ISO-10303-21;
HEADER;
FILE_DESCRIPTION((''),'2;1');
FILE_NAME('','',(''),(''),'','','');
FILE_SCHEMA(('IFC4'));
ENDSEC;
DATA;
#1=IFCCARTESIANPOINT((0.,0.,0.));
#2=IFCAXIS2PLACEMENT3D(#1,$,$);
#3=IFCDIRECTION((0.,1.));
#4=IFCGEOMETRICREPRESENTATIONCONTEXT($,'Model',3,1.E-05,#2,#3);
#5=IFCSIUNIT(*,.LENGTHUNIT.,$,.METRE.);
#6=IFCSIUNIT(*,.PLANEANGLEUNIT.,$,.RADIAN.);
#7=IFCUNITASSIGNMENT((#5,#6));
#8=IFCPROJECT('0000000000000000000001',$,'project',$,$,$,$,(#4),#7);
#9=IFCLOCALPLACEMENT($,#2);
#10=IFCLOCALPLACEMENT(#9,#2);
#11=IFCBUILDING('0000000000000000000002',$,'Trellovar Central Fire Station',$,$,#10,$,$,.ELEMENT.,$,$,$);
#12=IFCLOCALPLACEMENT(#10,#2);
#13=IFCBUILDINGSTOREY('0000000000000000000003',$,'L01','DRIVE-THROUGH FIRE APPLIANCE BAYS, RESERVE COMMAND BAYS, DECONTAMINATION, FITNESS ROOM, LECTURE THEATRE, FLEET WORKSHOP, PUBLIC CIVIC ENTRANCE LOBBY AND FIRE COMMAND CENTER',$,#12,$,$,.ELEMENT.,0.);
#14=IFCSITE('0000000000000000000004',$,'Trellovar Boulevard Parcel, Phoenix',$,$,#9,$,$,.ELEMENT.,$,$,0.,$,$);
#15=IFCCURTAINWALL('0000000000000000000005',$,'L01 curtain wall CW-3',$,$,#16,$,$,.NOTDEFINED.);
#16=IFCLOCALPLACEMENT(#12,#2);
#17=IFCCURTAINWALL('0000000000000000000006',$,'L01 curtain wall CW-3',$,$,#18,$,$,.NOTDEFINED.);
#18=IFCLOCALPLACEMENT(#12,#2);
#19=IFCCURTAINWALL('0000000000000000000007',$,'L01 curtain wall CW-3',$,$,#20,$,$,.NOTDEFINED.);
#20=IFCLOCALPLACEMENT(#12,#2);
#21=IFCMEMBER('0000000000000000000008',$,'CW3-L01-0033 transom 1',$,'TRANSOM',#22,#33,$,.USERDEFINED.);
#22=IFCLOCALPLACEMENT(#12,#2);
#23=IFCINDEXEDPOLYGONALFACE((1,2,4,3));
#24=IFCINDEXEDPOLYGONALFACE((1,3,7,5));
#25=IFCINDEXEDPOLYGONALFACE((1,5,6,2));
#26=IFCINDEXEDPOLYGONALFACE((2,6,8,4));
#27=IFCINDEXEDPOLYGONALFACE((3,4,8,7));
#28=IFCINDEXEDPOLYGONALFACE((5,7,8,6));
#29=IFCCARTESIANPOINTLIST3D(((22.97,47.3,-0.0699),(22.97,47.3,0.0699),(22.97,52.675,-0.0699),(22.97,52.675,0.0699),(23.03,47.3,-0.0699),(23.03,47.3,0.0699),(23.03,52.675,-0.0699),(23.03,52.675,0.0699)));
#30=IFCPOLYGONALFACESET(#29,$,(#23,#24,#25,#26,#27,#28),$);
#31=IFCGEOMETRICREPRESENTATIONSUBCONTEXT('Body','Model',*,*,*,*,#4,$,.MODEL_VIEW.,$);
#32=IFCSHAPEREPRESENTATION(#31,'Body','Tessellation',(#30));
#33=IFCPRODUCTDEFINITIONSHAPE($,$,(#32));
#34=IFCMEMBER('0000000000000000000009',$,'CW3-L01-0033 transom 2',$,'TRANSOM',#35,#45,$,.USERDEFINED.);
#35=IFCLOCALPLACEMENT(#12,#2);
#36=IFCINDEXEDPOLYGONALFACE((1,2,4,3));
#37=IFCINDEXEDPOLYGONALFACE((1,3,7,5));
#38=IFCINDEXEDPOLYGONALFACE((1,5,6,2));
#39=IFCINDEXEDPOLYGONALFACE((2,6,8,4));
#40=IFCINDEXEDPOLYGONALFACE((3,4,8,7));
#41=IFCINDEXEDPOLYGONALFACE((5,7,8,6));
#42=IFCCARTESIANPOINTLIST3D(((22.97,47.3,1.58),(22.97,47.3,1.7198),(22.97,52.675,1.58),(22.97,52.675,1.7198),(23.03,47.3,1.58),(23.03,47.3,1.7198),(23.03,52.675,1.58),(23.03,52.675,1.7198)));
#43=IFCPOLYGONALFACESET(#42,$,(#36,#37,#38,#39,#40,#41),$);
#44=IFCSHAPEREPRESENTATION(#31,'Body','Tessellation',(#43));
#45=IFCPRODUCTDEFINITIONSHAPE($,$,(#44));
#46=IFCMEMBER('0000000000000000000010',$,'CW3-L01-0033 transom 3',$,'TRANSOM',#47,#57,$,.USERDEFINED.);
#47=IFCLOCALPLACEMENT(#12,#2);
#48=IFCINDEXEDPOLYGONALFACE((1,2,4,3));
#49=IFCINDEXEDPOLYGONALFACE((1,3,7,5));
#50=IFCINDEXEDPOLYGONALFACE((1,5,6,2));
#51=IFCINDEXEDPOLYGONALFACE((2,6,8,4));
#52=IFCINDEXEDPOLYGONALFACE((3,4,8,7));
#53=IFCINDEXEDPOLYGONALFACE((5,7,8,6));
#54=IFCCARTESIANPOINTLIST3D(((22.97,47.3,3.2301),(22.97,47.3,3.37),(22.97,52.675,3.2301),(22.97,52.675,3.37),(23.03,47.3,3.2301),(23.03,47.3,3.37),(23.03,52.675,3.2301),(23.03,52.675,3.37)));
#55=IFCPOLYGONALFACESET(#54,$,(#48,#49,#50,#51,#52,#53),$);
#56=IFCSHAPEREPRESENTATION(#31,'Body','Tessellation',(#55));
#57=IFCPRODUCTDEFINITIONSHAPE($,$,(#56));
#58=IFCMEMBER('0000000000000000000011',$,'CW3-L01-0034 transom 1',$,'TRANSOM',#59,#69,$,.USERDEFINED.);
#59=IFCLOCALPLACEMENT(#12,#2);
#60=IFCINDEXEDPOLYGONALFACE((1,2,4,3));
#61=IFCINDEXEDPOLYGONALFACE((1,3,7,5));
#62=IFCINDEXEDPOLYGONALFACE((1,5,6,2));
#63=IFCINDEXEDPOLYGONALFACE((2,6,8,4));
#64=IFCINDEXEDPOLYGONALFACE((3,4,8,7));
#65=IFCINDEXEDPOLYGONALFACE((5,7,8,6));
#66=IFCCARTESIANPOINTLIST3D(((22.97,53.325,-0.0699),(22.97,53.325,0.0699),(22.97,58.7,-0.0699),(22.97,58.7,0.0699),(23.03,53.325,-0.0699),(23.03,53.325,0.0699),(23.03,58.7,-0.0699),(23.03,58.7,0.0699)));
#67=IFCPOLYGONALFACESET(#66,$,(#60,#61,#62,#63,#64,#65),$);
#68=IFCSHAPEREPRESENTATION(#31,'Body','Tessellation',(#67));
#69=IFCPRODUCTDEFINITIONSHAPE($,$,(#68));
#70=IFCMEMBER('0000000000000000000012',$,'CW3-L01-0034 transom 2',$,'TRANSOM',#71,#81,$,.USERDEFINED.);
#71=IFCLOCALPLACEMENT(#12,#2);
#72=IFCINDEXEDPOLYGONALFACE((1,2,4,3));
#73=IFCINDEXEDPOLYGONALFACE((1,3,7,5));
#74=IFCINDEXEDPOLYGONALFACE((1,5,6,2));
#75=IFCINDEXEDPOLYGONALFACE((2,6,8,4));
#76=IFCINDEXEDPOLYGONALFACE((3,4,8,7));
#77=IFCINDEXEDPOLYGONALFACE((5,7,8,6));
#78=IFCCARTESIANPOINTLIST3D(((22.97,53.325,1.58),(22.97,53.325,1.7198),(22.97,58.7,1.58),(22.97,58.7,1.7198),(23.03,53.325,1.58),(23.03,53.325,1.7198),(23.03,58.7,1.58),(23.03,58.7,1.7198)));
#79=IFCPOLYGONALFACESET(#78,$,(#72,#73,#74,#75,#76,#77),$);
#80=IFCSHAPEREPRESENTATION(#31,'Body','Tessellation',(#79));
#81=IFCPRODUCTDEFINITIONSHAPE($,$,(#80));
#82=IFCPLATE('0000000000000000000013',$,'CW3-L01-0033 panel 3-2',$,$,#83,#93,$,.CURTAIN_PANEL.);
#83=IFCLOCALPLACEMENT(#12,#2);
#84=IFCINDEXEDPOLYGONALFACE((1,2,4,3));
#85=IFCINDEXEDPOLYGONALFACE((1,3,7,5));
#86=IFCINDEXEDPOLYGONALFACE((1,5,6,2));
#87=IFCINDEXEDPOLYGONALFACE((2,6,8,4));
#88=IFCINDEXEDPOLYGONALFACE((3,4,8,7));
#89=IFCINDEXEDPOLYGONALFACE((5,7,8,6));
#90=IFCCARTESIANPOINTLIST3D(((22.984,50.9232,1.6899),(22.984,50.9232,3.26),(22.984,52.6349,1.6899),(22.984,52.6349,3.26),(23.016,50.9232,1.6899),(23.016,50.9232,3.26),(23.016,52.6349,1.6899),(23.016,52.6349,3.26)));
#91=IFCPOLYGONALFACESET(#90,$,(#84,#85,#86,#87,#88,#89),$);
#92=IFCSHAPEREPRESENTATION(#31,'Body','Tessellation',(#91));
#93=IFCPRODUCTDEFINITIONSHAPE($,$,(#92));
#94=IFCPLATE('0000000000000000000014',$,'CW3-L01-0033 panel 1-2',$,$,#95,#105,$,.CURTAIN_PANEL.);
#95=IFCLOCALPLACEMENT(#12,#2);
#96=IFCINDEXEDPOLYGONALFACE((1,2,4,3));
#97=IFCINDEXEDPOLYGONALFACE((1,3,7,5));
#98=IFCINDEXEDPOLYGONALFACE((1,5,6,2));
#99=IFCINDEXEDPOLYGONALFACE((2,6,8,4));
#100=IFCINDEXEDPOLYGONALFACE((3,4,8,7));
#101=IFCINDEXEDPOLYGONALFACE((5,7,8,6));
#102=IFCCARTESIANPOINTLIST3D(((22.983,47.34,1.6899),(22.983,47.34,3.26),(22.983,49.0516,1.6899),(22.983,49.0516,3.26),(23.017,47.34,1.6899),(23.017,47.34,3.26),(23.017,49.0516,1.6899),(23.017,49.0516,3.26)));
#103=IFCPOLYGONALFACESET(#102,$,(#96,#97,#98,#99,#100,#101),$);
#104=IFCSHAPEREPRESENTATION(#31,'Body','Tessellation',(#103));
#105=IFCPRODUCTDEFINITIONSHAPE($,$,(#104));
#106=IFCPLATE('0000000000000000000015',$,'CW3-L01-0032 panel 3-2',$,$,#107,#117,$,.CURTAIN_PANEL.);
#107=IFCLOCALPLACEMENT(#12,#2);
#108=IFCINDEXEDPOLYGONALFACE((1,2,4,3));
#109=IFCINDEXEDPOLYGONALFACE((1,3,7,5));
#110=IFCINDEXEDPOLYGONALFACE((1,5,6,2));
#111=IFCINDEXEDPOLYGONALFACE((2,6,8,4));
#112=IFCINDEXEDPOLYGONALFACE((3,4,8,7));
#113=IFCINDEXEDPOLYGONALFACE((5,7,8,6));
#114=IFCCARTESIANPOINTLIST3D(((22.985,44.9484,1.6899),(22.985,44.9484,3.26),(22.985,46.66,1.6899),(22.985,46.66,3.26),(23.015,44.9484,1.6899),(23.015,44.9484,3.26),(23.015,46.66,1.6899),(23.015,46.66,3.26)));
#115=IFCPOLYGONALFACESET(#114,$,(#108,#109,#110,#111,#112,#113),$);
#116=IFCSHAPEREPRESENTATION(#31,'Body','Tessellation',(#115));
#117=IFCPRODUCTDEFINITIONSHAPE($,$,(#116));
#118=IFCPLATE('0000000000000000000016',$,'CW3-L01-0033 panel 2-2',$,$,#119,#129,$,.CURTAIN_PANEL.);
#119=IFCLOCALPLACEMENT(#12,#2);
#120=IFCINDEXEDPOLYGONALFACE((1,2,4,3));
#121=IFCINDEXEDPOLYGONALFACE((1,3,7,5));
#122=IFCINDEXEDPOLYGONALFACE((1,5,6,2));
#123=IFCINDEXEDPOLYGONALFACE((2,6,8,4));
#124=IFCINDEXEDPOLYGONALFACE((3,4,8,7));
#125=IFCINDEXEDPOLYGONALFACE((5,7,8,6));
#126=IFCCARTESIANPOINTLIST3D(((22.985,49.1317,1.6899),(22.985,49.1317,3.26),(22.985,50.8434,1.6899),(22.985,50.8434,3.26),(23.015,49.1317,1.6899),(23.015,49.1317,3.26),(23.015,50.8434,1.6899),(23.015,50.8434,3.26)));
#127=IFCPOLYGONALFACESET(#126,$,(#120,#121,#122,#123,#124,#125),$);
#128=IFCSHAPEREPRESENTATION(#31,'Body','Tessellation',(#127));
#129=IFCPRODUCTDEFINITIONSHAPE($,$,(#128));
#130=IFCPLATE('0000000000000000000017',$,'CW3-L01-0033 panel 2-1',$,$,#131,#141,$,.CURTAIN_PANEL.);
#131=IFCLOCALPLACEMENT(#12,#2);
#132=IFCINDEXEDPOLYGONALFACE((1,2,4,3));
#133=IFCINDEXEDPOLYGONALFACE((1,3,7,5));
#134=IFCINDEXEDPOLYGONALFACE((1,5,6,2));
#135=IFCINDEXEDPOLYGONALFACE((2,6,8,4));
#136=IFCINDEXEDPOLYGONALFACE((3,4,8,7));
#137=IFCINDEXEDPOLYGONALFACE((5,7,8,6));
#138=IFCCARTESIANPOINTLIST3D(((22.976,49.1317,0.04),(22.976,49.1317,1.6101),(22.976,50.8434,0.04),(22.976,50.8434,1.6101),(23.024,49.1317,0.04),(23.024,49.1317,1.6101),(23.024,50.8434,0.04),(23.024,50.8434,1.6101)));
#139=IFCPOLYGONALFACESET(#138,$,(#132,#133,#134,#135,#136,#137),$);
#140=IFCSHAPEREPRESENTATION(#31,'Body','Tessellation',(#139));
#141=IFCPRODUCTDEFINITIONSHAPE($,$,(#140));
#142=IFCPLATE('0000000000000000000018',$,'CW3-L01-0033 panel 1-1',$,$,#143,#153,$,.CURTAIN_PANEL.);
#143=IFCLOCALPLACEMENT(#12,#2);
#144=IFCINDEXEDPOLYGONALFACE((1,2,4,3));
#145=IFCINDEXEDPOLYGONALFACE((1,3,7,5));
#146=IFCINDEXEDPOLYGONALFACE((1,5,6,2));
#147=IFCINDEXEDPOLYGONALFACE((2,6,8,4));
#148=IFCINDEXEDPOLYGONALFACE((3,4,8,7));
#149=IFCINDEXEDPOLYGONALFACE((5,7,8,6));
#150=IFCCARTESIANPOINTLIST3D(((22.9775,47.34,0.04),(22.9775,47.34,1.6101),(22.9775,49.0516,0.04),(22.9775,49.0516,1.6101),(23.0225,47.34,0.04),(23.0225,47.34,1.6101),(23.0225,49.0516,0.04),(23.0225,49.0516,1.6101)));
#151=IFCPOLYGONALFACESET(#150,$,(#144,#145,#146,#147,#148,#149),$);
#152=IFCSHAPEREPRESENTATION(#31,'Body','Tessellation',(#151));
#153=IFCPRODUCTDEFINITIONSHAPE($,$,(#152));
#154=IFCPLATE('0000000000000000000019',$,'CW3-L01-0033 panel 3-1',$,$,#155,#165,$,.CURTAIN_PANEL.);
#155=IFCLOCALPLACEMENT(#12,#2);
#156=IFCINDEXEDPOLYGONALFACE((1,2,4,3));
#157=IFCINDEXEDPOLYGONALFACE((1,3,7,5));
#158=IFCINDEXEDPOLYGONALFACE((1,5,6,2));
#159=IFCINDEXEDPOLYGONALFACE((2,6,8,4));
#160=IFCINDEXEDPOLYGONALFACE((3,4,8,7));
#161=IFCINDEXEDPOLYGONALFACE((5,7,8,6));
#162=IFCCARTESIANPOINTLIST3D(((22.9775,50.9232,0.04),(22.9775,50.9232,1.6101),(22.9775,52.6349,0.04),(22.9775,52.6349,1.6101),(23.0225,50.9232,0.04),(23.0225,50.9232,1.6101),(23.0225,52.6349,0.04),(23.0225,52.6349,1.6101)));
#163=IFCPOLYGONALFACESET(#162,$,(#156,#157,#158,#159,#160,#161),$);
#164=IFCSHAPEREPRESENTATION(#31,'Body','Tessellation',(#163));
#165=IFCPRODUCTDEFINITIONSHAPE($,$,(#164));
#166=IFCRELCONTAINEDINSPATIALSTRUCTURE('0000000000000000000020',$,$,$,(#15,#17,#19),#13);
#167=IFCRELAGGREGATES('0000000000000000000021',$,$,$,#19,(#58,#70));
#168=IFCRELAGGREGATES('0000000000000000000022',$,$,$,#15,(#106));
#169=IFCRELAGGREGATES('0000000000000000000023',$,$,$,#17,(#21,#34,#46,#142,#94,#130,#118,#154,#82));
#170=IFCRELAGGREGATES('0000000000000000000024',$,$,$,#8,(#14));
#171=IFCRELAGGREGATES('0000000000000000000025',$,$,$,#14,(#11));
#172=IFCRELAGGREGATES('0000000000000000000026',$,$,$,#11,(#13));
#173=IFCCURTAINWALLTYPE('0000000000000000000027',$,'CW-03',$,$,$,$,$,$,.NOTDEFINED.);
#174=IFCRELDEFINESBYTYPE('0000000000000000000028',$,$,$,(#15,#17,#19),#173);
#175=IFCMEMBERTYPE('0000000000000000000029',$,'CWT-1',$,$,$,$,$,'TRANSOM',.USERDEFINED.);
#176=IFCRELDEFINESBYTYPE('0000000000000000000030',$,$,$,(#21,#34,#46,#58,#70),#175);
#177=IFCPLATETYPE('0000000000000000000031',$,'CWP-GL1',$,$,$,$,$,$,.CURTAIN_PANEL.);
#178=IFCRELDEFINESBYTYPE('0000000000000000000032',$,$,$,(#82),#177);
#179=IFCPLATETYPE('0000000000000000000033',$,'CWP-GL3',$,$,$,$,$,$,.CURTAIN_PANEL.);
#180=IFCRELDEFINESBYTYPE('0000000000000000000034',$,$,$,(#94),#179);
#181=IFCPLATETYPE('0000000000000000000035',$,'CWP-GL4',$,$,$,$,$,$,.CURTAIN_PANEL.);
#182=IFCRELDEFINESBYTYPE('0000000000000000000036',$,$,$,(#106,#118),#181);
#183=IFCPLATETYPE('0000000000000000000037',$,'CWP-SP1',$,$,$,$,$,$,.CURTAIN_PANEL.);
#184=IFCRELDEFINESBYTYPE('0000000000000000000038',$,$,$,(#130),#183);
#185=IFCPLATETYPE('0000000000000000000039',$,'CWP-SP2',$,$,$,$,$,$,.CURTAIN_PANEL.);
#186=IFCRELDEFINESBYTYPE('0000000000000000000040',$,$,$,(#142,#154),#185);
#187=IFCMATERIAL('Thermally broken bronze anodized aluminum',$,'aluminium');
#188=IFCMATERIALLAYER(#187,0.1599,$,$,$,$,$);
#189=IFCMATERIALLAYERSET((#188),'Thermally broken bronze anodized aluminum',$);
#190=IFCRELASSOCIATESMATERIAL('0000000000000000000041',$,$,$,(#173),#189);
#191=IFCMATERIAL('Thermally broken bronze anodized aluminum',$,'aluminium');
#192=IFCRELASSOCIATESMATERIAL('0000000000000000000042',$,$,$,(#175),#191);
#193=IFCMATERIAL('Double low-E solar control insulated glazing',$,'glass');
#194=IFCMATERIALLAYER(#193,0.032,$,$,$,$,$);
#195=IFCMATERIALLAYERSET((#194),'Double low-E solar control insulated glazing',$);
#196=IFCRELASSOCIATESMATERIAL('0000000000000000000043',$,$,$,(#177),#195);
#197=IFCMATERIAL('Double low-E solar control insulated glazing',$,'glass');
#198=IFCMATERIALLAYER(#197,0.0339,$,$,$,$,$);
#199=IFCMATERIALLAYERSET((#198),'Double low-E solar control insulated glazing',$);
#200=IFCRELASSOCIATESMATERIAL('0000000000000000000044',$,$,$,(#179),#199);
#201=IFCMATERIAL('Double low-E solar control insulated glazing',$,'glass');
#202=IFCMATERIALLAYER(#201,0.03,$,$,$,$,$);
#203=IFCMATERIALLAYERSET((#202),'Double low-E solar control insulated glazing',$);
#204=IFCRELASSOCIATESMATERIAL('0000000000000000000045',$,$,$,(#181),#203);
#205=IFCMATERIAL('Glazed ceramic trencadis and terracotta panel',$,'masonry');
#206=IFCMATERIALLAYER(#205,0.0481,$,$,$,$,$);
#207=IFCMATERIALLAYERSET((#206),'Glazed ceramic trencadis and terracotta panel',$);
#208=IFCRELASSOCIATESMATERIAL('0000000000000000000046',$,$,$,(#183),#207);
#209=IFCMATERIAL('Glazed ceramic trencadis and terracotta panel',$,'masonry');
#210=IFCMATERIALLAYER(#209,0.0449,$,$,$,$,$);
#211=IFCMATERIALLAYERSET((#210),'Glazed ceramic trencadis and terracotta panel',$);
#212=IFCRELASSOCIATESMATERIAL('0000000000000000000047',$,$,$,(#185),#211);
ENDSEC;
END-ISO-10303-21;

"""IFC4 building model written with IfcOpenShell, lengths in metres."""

from ifc_helpers import new_model, si_unit, direction, frame, origin, origin_2d, place, context, subcontext, project, spatial, rectangle, extrude, material, layer, layer_set, material_profile, profile_set, type_object, element, aggregate, save


model = new_model("IFC4")

# Units and contexts
model_context = context("Model", 3, precision=1e-05, world=origin(), true_north=direction((0.0, 1.0)))
body_context = subcontext(model_context, "Body", "Model", "MODEL_VIEW")
ifc_project = project(units=[si_unit("LENGTHUNIT", "METRE"), si_unit("PLANEANGLEUNIT", "RADIAN")], contexts=[model_context])

# Site, building, storey
site_placement = place(None, origin())
site = spatial("IfcSite", under=ifc_project, at=site_placement, Name="Trellovar Boulevard Parcel, Phoenix", CompositionType="ELEMENT", RefElevation=0.0)
building_placement = place(site_placement, origin())
building = spatial("IfcBuilding", under=site, at=building_placement, Name="Trellovar Central Fire Station", CompositionType="ELEMENT")
storey_placement = place(building_placement, origin())
storey = spatial("IfcBuildingStorey", under=building, at=storey_placement, Name="L01", Description="DRIVE-THROUGH FIRE APPLIANCE BAYS, RESERVE COMMAND BAYS, DECONTAMINATION, FITNESS ROOM, LECTURE THEATRE, FLEET WORKSHOP, PUBLIC CIVIC ENTRANCE LOBBY AND FIRE COMMAND CENTER", CompositionType="ELEMENT", Elevation=0.0)

# Curtain wall
ifc_material_1 = material(Name="Thermally broken bronze anodized aluminum", Category="aluminium")
ifc_layer_1 = layer(ifc_material_1, 0.1599)
ifc_layer_set_1 = layer_set([ifc_layer_1], Name="Thermally broken bronze anodized aluminum")
curtain_wall_type = type_object("IfcCurtainWallType", Name="CW-03", PredefinedType="NOTDEFINED", material=ifc_layer_set_1)
curtain_wall_1_placement = place(storey_placement, origin())
curtain_wall_1 = element("IfcCurtainWall", 1, at=curtain_wall_1_placement, inside=storey, type_object=curtain_wall_type, Name="L01 curtain wall CW-3", PredefinedType="NOTDEFINED")

# Curtain wall
curtain_wall_2_placement = place(storey_placement, origin())
curtain_wall_2 = element("IfcCurtainWall", 2, at=curtain_wall_2_placement, inside=storey, type_object=curtain_wall_type, Name="L01 curtain wall CW-3", PredefinedType="NOTDEFINED")

# Curtain wall
curtain_wall_3_placement = place(storey_placement, origin())
curtain_wall_3 = element("IfcCurtainWall", 3, at=curtain_wall_3_placement, inside=storey, type_object=curtain_wall_type, Name="L01 curtain wall CW-3", PredefinedType="NOTDEFINED")

# Members
ifc_material_2 = material(Name="Thermally broken bronze anodized aluminum", Category="aluminium")
ifc_material_profile_1 = material_profile(ifc_material_2, rectangle(XDim=0.0601, YDim=0.1399, at=origin_2d()), Name="ALU60X140")
ifc_profile_set_1 = profile_set([ifc_material_profile_1], Name="Thermally broken bronze anodized aluminum")
member_type_1 = type_object("IfcMemberType", Name="CWT-1", ElementType="TRANSOM", PredefinedType="USERDEFINED", material=ifc_profile_set_1)
member_1_placement = place(storey_placement, frame((23.0, 47.3, 0.0), z_axis=(0.0, 1.0, 0.0), x_axis=(-1.0, 0.0, 0.0)))
member_1 = element("IfcMember", 4, at=member_1_placement, type_object=member_type_1, Name="CW3-L01-0033 transom 1", ObjectType="TRANSOM", PredefinedType="USERDEFINED", context=body_context, shape_type="SweptSolid", body=[
    extrude(rectangle(XDim=0.0601, YDim=0.1399, at=origin_2d()), origin(), (0.0, 0.0, 1.0), 5.375),
])
member_2_placement = place(storey_placement, frame((23.0, 47.3, 1.6499), z_axis=(0.0, 1.0, 0.0), x_axis=(-1.0, 0.0, 0.0)))
member_2 = element("IfcMember", 5, at=member_2_placement, type_object=member_type_1, Name="CW3-L01-0033 transom 2", ObjectType="TRANSOM", PredefinedType="USERDEFINED", context=body_context, shape_type="SweptSolid", body=[
    extrude(rectangle(XDim=0.0601, YDim=0.1399, at=origin_2d()), origin(), (0.0, 0.0, 1.0), 5.375),
])
member_3_placement = place(storey_placement, frame((23.0, 47.3, 3.3), z_axis=(0.0, 1.0, 0.0), x_axis=(-1.0, 0.0, 0.0)))
member_3 = element("IfcMember", 6, at=member_3_placement, type_object=member_type_1, Name="CW3-L01-0033 transom 3", ObjectType="TRANSOM", PredefinedType="USERDEFINED", context=body_context, shape_type="SweptSolid", body=[
    extrude(rectangle(XDim=0.0601, YDim=0.1399, at=origin_2d()), origin(), (0.0, 0.0, 1.0), 5.375),
])
member_4_placement = place(storey_placement, frame((23.0, 53.325, 0.0), z_axis=(0.0, 1.0, 0.0), x_axis=(-1.0, 0.0, 0.0)))
member_4 = element("IfcMember", 7, at=member_4_placement, type_object=member_type_1, Name="CW3-L01-0034 transom 1", ObjectType="TRANSOM", PredefinedType="USERDEFINED", context=body_context, shape_type="SweptSolid", body=[
    extrude(rectangle(XDim=0.0601, YDim=0.1399, at=origin_2d()), origin(), (0.0, 0.0, 1.0), 5.375),
])
member_5_placement = place(storey_placement, frame((23.0, 53.325, 1.6499), z_axis=(0.0, 1.0, 0.0), x_axis=(-1.0, 0.0, 0.0)))
member_5 = element("IfcMember", 8, at=member_5_placement, type_object=member_type_1, Name="CW3-L01-0034 transom 2", ObjectType="TRANSOM", PredefinedType="USERDEFINED", context=body_context, shape_type="SweptSolid", body=[
    extrude(rectangle(XDim=0.0601, YDim=0.1399, at=origin_2d()), origin(), (0.0, 0.0, 1.0), 5.375),
])
aggregate(curtain_wall_3, [member_4, member_5])

# Plates
ifc_material_3 = material(Name="Double low-E solar control insulated glazing", Category="glass")
ifc_layer_2 = layer(ifc_material_3, 0.032)
ifc_layer_set_2 = layer_set([ifc_layer_2], Name="Double low-E solar control insulated glazing")
plate_type_1 = type_object("IfcPlateType", Name="CWP-GL1", PredefinedType="CURTAIN_PANEL", material=ifc_layer_set_2)
plate_1_placement = place(storey_placement, frame((23.0, 51.7791, 1.6899), z_axis=(0.0, 0.0, 1.0), x_axis=(0.0, 1.0, 0.0)))
plate_1 = element("IfcPlate", 9, at=plate_1_placement, type_object=plate_type_1, Name="CW3-L01-0033 panel 3-2", PredefinedType="CURTAIN_PANEL", context=body_context, shape_type="SweptSolid", body=[
    extrude(rectangle(XDim=1.7117, YDim=0.032, at=origin_2d()), origin(), (0.0, 0.0, 1.0), 1.5701),
])
ifc_material_4 = material(Name="Double low-E solar control insulated glazing", Category="glass")
ifc_layer_3 = layer(ifc_material_4, 0.0339)
ifc_layer_set_3 = layer_set([ifc_layer_3], Name="Double low-E solar control insulated glazing")
plate_type_2 = type_object("IfcPlateType", Name="CWP-GL3", PredefinedType="CURTAIN_PANEL", material=ifc_layer_set_3)
plate_2_placement = place(storey_placement, frame((23.0, 48.1958, 1.6899), z_axis=(0.0, 0.0, 1.0), x_axis=(0.0, 1.0, 0.0)))
plate_2 = element("IfcPlate", 10, at=plate_2_placement, type_object=plate_type_2, Name="CW3-L01-0033 panel 1-2", PredefinedType="CURTAIN_PANEL", context=body_context, shape_type="SweptSolid", body=[
    extrude(rectangle(XDim=1.7117, YDim=0.0339, at=origin_2d()), origin(), (0.0, 0.0, 1.0), 1.5701),
])
ifc_material_5 = material(Name="Double low-E solar control insulated glazing", Category="glass")
ifc_layer_4 = layer(ifc_material_5, 0.03)
ifc_layer_set_4 = layer_set([ifc_layer_4], Name="Double low-E solar control insulated glazing")
plate_type_3 = type_object("IfcPlateType", Name="CWP-GL4", PredefinedType="CURTAIN_PANEL", material=ifc_layer_set_4)
plate_3_placement = place(storey_placement, frame((23.0, 45.8042, 1.6899), z_axis=(0.0, 0.0, 1.0), x_axis=(0.0, 1.0, 0.0)))
plate_3 = element("IfcPlate", 11, at=plate_3_placement, type_object=plate_type_3, Name="CW3-L01-0032 panel 3-2", PredefinedType="CURTAIN_PANEL", context=body_context, shape_type="SweptSolid", body=[
    extrude(rectangle(XDim=1.7117, YDim=0.03, at=origin_2d()), origin(), (0.0, 0.0, 1.0), 1.5701),
])
aggregate(curtain_wall_1, [plate_3])
plate_4_placement = place(storey_placement, frame((23.0, 49.9875, 1.6899), z_axis=(0.0, 0.0, 1.0), x_axis=(0.0, 1.0, 0.0)))
plate_4 = element("IfcPlate", 12, at=plate_4_placement, type_object=plate_type_3, Name="CW3-L01-0033 panel 2-2", PredefinedType="CURTAIN_PANEL", context=body_context, shape_type="SweptSolid", body=[
    extrude(rectangle(XDim=1.7117, YDim=0.03, at=origin_2d()), origin(), (0.0, 0.0, 1.0), 1.5701),
])
ifc_material_6 = material(Name="Glazed ceramic trencadis and terracotta panel", Category="masonry")
ifc_layer_5 = layer(ifc_material_6, 0.0481)
ifc_layer_set_5 = layer_set([ifc_layer_5], Name="Glazed ceramic trencadis and terracotta panel")
plate_type_4 = type_object("IfcPlateType", Name="CWP-SP1", PredefinedType="CURTAIN_PANEL", material=ifc_layer_set_5)
plate_5_placement = place(storey_placement, frame((23.0, 49.9875, 0.04), z_axis=(0.0, 0.0, 1.0), x_axis=(0.0, 1.0, 0.0)))
plate_5 = element("IfcPlate", 13, at=plate_5_placement, type_object=plate_type_4, Name="CW3-L01-0033 panel 2-1", PredefinedType="CURTAIN_PANEL", context=body_context, shape_type="SweptSolid", body=[
    extrude(rectangle(XDim=1.7117, YDim=0.0481, at=origin_2d()), origin(), (0.0, 0.0, 1.0), 1.5701),
])
ifc_material_7 = material(Name="Glazed ceramic trencadis and terracotta panel", Category="masonry")
ifc_layer_6 = layer(ifc_material_7, 0.0449)
ifc_layer_set_6 = layer_set([ifc_layer_6], Name="Glazed ceramic trencadis and terracotta panel")
plate_type_5 = type_object("IfcPlateType", Name="CWP-SP2", PredefinedType="CURTAIN_PANEL", material=ifc_layer_set_6)
plate_6_placement = place(storey_placement, frame((23.0, 48.1958, 0.04), z_axis=(0.0, 0.0, 1.0), x_axis=(0.0, 1.0, 0.0)))
plate_6 = element("IfcPlate", 14, at=plate_6_placement, type_object=plate_type_5, Name="CW3-L01-0033 panel 1-1", PredefinedType="CURTAIN_PANEL", context=body_context, shape_type="SweptSolid", body=[
    extrude(rectangle(XDim=1.7117, YDim=0.0449, at=origin_2d()), origin(), (0.0, 0.0, 1.0), 1.5701),
])
plate_7_placement = place(storey_placement, frame((23.0, 51.7791, 0.04), z_axis=(0.0, 0.0, 1.0), x_axis=(0.0, 1.0, 0.0)))
plate_7 = element("IfcPlate", 15, at=plate_7_placement, type_object=plate_type_5, Name="CW3-L01-0033 panel 3-1", PredefinedType="CURTAIN_PANEL", context=body_context, shape_type="SweptSolid", body=[
    extrude(rectangle(XDim=1.7117, YDim=0.0449, at=origin_2d()), origin(), (0.0, 0.0, 1.0), 1.5701),
])
aggregate(curtain_wall_2, [member_1, member_2, member_3, plate_6, plate_2, plate_5, plate_4, plate_7, plate_1])

save(model, "model.ifc")
